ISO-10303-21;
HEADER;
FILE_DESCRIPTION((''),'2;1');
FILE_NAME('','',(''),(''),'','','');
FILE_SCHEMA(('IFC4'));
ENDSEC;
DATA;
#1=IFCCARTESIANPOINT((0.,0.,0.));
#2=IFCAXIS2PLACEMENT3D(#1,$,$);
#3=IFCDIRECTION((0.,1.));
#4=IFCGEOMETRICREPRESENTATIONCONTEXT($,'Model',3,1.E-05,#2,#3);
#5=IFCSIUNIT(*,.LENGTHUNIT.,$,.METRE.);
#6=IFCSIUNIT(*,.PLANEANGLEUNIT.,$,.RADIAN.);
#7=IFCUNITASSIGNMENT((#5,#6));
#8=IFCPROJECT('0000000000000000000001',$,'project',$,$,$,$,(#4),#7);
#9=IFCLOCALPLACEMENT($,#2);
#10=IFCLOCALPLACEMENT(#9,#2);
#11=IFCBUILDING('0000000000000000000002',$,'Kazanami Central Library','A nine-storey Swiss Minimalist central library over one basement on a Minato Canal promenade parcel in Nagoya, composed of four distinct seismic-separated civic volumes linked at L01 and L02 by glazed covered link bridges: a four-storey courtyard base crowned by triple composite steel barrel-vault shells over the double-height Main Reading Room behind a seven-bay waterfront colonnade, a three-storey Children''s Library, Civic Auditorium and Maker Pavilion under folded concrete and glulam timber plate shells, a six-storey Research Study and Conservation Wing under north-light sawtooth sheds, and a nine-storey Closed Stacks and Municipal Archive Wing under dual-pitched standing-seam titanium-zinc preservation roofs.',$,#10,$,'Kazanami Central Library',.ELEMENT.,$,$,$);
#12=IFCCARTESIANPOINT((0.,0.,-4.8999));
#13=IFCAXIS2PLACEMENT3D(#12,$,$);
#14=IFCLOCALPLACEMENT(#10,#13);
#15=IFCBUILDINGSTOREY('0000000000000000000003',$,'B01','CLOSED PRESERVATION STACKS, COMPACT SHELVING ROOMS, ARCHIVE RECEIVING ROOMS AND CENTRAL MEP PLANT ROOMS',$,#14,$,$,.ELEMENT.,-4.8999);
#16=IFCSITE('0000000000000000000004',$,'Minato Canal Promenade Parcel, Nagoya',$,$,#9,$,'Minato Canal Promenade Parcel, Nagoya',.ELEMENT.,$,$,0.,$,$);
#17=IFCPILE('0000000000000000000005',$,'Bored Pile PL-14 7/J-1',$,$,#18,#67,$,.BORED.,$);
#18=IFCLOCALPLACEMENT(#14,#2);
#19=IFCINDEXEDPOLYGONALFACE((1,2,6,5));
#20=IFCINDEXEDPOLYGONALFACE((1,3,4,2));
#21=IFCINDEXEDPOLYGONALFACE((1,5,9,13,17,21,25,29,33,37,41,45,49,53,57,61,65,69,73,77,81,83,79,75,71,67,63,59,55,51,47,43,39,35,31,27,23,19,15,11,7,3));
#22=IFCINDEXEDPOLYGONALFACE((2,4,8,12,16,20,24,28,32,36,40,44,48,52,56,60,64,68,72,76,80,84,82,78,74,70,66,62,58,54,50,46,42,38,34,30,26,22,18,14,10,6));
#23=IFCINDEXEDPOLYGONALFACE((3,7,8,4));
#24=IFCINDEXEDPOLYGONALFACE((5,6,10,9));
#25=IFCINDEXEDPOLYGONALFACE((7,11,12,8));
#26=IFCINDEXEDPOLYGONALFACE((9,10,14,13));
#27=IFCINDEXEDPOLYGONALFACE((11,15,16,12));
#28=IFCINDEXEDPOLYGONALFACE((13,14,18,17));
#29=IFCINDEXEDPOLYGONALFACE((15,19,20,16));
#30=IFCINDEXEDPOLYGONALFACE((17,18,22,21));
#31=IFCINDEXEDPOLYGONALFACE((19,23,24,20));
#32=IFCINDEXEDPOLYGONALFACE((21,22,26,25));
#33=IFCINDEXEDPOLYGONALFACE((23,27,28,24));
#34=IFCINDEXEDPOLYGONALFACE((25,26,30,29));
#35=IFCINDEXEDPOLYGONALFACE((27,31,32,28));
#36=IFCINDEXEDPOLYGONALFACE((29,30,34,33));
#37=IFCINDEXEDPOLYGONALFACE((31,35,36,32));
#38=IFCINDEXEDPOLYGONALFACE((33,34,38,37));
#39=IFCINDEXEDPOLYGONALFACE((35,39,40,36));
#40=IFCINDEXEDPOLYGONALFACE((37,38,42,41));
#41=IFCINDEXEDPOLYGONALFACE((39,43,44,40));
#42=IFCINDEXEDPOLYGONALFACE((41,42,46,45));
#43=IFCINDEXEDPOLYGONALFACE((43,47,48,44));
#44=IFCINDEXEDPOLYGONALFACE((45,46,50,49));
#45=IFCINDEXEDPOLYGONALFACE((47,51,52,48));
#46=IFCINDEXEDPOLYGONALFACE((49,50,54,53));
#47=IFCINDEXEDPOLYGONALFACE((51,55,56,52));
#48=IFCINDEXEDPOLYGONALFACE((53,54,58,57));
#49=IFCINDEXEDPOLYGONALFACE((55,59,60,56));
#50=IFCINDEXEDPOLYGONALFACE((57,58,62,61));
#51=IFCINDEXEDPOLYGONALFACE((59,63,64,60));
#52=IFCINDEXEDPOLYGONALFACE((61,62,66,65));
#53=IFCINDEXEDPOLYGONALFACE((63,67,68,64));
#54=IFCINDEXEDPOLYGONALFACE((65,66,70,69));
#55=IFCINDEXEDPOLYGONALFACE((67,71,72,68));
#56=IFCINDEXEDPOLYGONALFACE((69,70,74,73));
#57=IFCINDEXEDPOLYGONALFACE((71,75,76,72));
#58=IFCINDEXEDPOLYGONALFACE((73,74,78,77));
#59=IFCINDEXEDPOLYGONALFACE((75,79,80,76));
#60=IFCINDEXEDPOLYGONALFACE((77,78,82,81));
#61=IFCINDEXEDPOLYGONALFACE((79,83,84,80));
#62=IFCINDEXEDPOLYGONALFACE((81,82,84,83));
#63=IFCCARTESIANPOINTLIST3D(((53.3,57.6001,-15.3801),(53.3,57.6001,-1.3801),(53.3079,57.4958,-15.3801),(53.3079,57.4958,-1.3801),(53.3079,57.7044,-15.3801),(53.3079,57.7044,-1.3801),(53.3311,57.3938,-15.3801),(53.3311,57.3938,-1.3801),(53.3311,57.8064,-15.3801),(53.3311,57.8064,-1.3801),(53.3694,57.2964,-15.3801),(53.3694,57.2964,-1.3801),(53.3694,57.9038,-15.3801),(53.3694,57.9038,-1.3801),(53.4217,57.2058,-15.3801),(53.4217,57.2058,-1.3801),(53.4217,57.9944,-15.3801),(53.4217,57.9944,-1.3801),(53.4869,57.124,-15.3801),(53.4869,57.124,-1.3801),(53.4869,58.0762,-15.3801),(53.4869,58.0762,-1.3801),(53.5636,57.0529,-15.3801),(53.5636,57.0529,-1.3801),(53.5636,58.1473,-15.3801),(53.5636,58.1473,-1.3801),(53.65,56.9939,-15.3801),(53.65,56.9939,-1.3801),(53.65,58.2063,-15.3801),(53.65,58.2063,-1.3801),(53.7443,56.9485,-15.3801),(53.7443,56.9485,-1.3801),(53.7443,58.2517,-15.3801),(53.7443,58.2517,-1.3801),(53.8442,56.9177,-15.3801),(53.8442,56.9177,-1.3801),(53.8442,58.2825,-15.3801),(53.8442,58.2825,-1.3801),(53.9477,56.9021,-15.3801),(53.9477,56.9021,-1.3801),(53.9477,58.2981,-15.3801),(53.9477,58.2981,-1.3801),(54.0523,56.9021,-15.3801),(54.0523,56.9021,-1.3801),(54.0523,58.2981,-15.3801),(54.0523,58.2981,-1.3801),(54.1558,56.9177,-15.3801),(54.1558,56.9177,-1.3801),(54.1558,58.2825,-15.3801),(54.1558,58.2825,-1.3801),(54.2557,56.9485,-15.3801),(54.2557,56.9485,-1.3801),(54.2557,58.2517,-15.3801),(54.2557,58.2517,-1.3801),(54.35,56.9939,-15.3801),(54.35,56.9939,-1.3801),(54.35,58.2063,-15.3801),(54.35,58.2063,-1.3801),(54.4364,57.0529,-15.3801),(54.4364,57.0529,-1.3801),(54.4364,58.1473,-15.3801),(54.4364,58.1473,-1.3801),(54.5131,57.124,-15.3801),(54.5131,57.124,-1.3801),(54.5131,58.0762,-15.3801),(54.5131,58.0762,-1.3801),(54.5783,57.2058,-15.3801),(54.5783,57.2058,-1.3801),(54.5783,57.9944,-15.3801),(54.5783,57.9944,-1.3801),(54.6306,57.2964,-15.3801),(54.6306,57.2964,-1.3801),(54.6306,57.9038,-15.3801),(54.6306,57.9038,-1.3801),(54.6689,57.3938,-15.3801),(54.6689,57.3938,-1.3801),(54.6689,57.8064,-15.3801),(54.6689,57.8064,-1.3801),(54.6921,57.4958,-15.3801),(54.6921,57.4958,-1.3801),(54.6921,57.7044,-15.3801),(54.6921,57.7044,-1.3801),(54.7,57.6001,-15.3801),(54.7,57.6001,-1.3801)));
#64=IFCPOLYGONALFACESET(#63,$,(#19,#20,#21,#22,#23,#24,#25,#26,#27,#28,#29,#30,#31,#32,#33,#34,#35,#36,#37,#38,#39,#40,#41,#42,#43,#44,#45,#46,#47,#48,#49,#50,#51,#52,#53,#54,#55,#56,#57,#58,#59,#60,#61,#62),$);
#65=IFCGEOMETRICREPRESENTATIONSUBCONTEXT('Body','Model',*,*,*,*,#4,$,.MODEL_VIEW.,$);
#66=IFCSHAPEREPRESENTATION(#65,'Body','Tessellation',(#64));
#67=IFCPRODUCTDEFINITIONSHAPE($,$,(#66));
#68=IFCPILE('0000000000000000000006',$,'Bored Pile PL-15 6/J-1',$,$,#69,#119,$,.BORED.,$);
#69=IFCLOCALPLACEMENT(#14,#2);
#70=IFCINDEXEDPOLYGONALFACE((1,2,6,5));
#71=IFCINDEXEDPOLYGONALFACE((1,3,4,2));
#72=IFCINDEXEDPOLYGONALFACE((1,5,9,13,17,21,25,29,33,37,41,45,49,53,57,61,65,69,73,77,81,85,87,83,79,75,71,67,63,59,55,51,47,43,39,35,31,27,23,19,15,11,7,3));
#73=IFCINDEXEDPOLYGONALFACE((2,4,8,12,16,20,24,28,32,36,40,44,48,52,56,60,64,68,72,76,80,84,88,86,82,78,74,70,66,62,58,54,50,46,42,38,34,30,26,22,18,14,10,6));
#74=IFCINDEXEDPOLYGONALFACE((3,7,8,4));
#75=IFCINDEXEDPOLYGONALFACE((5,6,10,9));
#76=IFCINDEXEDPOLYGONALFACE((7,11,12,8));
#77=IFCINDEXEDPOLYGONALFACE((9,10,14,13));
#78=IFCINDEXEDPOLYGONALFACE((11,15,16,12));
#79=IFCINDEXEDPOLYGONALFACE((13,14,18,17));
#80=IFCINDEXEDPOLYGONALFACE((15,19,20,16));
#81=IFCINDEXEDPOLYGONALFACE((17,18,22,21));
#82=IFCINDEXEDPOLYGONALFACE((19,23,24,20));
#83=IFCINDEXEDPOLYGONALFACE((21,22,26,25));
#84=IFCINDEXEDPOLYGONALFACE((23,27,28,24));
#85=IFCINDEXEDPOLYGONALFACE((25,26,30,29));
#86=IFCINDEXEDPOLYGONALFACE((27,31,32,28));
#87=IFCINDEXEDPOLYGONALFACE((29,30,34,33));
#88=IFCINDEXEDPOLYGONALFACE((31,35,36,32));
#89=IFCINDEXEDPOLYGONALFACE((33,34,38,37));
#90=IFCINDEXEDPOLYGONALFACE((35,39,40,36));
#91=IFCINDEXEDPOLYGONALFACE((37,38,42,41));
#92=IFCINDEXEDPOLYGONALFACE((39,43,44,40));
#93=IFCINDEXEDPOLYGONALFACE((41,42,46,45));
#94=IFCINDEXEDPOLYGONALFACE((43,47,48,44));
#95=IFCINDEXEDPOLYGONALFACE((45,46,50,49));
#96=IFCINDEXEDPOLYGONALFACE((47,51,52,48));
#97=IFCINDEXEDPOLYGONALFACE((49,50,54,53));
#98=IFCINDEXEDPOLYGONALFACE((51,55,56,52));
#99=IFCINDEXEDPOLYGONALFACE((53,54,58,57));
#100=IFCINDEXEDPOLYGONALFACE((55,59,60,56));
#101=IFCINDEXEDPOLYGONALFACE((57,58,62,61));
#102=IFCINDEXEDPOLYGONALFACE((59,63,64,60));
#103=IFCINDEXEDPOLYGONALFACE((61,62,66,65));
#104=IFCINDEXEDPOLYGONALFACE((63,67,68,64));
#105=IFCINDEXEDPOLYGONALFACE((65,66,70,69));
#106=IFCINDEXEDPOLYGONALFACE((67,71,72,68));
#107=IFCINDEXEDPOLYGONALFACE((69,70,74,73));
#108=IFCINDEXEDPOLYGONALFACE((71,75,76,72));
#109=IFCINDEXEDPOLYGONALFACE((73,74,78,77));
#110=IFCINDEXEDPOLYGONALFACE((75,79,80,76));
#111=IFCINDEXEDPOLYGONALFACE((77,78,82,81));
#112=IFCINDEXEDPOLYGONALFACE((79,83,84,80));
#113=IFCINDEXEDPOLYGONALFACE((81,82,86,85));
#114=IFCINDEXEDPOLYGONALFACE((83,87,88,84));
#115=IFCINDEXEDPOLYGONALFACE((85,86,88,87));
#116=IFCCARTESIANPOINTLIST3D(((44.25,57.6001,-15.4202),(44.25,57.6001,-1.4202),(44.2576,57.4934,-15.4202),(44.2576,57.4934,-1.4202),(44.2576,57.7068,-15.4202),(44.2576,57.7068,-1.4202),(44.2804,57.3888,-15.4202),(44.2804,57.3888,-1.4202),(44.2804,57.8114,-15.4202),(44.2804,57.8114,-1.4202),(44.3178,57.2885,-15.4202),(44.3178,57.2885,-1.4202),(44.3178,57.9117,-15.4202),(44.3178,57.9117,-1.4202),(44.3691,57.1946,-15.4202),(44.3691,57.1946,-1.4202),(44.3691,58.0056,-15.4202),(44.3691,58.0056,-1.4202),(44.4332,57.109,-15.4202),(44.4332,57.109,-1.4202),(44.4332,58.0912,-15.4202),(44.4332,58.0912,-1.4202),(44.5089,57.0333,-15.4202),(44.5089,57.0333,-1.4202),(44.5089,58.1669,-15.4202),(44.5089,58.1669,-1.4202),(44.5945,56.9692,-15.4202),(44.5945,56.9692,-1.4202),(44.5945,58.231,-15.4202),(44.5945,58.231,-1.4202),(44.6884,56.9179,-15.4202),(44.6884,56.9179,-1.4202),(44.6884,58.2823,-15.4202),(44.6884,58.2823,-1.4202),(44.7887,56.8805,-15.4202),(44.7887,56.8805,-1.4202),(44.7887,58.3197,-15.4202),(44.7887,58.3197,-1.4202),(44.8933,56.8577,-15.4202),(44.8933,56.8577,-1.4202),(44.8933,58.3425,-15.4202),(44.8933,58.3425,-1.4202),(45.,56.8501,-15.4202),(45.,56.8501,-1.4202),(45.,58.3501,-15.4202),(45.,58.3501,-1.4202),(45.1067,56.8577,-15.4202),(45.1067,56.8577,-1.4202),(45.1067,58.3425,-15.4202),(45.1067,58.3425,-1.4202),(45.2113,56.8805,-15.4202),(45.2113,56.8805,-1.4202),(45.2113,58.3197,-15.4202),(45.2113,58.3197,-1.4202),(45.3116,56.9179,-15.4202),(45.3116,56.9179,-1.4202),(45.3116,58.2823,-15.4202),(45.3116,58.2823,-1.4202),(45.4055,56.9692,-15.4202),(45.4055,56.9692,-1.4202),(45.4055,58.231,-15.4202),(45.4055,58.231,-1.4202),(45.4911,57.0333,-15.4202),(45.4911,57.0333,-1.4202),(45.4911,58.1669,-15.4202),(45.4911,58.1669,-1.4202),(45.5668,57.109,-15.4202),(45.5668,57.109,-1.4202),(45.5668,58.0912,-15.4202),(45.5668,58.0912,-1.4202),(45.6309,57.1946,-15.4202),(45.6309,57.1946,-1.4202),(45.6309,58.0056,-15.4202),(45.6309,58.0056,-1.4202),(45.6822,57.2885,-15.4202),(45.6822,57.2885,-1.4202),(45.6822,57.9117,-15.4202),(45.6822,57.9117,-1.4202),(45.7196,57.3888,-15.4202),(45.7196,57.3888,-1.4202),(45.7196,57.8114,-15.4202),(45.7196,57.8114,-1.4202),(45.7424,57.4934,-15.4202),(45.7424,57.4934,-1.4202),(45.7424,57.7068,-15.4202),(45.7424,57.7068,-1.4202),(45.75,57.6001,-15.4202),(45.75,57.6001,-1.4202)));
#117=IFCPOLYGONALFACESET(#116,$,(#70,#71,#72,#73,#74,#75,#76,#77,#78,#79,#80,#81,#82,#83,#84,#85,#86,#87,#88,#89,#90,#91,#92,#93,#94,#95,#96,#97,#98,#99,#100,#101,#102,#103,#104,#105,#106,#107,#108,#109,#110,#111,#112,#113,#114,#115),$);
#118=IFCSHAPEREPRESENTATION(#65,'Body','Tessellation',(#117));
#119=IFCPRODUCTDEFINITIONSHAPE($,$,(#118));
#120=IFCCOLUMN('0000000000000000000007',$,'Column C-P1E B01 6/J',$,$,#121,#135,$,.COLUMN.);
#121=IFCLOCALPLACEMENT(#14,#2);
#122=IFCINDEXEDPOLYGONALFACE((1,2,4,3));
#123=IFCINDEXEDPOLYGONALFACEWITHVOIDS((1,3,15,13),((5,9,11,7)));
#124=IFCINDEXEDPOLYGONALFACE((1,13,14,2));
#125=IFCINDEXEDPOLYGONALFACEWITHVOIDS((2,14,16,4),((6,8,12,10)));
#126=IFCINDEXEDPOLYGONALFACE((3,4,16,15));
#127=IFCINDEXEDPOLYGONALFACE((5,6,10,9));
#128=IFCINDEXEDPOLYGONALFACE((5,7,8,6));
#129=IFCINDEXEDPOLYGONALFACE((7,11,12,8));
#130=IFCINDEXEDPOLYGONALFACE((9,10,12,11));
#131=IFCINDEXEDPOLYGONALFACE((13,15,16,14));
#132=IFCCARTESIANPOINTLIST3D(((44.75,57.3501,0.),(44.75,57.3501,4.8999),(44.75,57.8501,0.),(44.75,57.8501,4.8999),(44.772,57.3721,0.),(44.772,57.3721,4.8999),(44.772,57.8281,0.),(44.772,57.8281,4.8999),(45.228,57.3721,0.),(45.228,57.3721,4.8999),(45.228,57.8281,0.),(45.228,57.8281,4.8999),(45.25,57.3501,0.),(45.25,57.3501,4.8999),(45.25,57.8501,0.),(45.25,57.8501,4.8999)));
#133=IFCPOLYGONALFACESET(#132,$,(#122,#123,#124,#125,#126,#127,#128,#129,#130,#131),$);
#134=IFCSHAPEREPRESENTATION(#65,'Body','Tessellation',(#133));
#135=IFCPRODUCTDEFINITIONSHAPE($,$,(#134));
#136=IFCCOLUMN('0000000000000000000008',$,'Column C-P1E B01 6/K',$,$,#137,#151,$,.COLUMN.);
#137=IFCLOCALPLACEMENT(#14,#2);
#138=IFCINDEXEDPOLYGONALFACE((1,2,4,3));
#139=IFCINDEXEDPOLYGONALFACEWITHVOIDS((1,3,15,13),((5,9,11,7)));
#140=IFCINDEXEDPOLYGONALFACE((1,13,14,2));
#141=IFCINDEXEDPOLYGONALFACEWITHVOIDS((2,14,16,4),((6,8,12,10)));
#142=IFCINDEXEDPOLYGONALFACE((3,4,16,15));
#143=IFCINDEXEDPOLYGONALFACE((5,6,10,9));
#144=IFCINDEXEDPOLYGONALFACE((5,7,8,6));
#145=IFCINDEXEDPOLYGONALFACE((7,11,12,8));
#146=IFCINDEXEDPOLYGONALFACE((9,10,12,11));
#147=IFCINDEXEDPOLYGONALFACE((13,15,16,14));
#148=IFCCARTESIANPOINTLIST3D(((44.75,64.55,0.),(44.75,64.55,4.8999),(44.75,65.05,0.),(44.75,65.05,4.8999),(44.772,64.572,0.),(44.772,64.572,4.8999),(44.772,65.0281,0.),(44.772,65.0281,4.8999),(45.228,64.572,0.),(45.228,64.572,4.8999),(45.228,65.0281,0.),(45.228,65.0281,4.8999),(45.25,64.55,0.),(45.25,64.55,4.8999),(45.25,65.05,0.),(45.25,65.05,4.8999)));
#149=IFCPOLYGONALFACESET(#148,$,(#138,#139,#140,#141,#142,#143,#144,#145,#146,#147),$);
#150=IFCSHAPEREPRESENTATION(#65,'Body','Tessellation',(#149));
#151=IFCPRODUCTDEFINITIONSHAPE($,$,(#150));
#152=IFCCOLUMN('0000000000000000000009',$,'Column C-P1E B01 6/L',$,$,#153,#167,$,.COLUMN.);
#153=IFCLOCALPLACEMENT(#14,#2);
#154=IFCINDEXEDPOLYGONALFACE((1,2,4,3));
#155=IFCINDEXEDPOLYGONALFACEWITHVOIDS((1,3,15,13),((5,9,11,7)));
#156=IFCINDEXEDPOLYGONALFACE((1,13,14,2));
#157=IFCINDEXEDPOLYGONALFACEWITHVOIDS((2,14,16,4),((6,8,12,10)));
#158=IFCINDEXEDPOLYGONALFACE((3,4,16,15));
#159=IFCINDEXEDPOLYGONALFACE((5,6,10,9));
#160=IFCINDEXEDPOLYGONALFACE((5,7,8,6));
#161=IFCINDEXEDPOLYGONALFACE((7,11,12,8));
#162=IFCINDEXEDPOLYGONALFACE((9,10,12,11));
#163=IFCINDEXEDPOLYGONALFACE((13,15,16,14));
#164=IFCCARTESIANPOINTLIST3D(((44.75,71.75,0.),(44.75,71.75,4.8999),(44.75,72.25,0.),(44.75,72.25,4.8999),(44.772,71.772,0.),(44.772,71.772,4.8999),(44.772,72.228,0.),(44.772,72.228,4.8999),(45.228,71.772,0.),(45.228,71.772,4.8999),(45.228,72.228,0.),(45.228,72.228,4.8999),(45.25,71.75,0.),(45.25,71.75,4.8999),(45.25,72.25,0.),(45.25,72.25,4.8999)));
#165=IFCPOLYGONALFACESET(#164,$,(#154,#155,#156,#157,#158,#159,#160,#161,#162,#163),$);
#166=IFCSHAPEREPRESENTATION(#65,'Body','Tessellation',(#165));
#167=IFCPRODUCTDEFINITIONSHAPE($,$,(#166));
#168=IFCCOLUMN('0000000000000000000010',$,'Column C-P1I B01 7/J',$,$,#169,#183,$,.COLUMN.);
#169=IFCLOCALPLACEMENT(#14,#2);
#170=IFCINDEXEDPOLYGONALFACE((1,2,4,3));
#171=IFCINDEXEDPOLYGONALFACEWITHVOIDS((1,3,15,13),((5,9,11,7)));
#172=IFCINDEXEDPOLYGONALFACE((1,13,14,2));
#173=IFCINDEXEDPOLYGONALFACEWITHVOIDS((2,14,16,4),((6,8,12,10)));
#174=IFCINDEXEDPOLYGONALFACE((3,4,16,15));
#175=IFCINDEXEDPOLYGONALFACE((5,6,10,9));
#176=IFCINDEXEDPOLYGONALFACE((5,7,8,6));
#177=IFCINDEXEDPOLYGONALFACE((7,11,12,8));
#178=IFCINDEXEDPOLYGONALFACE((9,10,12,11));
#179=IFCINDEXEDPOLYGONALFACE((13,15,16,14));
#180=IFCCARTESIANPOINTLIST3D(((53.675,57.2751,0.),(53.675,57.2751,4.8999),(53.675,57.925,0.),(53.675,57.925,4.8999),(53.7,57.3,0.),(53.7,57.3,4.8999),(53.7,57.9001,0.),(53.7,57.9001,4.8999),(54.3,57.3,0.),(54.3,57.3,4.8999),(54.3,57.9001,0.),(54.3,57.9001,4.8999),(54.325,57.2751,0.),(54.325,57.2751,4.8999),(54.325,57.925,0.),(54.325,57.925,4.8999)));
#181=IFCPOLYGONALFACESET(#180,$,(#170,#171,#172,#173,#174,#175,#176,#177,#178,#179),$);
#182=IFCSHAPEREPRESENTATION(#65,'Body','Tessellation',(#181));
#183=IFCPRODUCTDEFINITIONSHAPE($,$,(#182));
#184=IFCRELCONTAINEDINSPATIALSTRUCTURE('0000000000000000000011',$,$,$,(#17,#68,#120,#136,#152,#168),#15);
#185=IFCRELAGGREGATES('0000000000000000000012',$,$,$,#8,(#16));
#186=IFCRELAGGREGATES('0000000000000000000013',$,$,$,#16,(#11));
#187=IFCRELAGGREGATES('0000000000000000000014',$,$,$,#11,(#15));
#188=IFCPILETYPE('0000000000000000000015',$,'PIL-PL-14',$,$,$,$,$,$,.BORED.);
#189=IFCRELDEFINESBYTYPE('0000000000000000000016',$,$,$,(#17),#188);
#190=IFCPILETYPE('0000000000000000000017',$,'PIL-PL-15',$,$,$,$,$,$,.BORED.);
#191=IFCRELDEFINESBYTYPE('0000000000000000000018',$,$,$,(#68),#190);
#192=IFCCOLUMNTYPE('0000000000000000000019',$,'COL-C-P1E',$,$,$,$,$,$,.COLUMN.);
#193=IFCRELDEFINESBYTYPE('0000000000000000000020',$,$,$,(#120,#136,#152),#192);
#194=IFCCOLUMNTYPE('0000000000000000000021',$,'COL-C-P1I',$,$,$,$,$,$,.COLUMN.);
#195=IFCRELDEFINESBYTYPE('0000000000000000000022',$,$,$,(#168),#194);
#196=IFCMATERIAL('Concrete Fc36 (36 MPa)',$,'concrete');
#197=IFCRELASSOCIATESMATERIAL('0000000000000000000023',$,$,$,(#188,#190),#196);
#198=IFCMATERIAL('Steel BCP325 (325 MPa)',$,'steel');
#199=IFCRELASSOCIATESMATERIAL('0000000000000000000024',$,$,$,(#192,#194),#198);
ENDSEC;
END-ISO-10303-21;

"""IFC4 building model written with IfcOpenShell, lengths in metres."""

from ifc_helpers import new_model, si_unit, direction, frame, origin, origin_2d, place, context, subcontext, project, spatial, hollow_rectangle, circle, extrude, material, material_profile, profile_set, type_object, element, save


model = new_model("IFC4")

# Units and contexts
model_context = context("Model", 3, precision=1e-05, world=origin(), true_north=direction((0.0, 1.0)))
body_context = subcontext(model_context, "Body", "Model", "MODEL_VIEW")
ifc_project = project(units=[si_unit("LENGTHUNIT", "METRE"), si_unit("PLANEANGLEUNIT", "RADIAN")], contexts=[model_context])

# Site, building, storey
site_placement = place(None, origin())
site = spatial("IfcSite", under=ifc_project, at=site_placement, Name="Minato Canal Promenade Parcel, Nagoya", LongName="Minato Canal Promenade Parcel, Nagoya", CompositionType="ELEMENT", RefElevation=0.0)
building_placement = place(site_placement, origin())
building = spatial("IfcBuilding", under=site, at=building_placement, Name="Kazanami Central Library", Description="A nine-storey Swiss Minimalist central library over one basement on a Minato Canal promenade parcel in Nagoya, composed of four distinct seismic-separated civic volumes linked at L01 and L02 by glazed covered link bridges: a four-storey courtyard base crowned by triple composite steel barrel-vault shells over the double-height Main Reading Room behind a seven-bay waterfront colonnade, a three-storey Children's Library, Civic Auditorium and Maker Pavilion under folded concrete and glulam timber plate shells, a six-storey Research Study and Conservation Wing under north-light sawtooth sheds, and a nine-storey Closed Stacks and Municipal Archive Wing under dual-pitched standing-seam titanium-zinc preservation roofs.", LongName="Kazanami Central Library", CompositionType="ELEMENT")
storey_placement = place(building_placement, frame((0.0, 0.0, -4.8999)))
storey = spatial("IfcBuildingStorey", under=building, at=storey_placement, Name="B01", Description="CLOSED PRESERVATION STACKS, COMPACT SHELVING ROOMS, ARCHIVE RECEIVING ROOMS AND CENTRAL MEP PLANT ROOMS", CompositionType="ELEMENT", Elevation=-4.8999)

# Shared definitions
ifc_material_1 = material(Name="Concrete Fc36 (36 MPa)", Category="concrete")

# Piles
ifc_material_profile_1 = material_profile(ifc_material_1, circle(Radius=0.7, at=origin_2d()), Name="BORED-D1400")
ifc_profile_set_1 = profile_set([ifc_material_profile_1], Name="Concrete Fc36 (36 MPa)")
pile_type_1 = type_object("IfcPileType", Name="PIL-PL-14", PredefinedType="BORED", material=ifc_profile_set_1)
for number, where, z_axis, x_axis, name in (
    (1, (54.0, 57.6001, -1.3801), (0.0, 0.0, -1.0), (1.0, 0.0, 0.0), "Bored Pile PL-14 7/J-1"),
):
    element("IfcPile", number, at=place(storey_placement, frame(where, z_axis=z_axis, x_axis=x_axis)), inside=storey, type_object=pile_type_1, Name=name, PredefinedType="BORED", context=body_context, shape_type="SweptSolid", body=[
        extrude(circle(Radius=0.7, at=origin_2d()), origin(), (0.0, 0.0, 1.0), 14.0),
    ])
ifc_material_profile_2 = material_profile(ifc_material_1, circle(Radius=0.75, at=origin_2d()), Name="BORED-D1500")
ifc_profile_set_2 = profile_set([ifc_material_profile_2], Name="Concrete Fc36 (36 MPa)")
pile_type_2 = type_object("IfcPileType", Name="PIL-PL-15", PredefinedType="BORED", material=ifc_profile_set_2)
pile_1_placement = place(storey_placement, frame((45.0, 57.6001, -1.4202), z_axis=(0.0, 0.0, -1.0), x_axis=(1.0, 0.0, 0.0)))
element("IfcPile", 2, at=pile_1_placement, inside=storey, type_object=pile_type_2, Name="Bored Pile PL-15 6/J-1", PredefinedType="BORED", context=body_context, shape_type="SweptSolid", body=[
    extrude(circle(Radius=0.75, at=origin_2d()), origin(), (0.0, 0.0, 1.0), 14.0),
])

# Columns
ifc_material_2 = material(Name="Steel BCP325 (325 MPa)", Category="steel")
ifc_material_profile_3 = material_profile(ifc_material_2, hollow_rectangle(XDim=0.5, YDim=0.5, WallThickness=0.022, at=origin_2d()), Name="BCP-500x500x22")
ifc_profile_set_3 = profile_set([ifc_material_profile_3], Name="Steel BCP325 (325 MPa)")
column_type_1 = type_object("IfcColumnType", Name="COL-C-P1E", PredefinedType="COLUMN", material=ifc_profile_set_3)
for number, where, z_axis, x_axis, name in (
    (3, (45.0, 57.6001, 0.0), (0.0, 0.0, 1.0), (1.0, 0.0, 0.0), "Column C-P1E B01 6/J"),
    (4, (45.0, 64.8, 0.0), (0.0, 0.0, 1.0), (1.0, 0.0, 0.0), "Column C-P1E B01 6/K"),
    (5, (45.0, 72.0, 0.0), (0.0, 0.0, 1.0), (1.0, 0.0, 0.0), "Column C-P1E B01 6/L"),
):
    element("IfcColumn", number, at=place(storey_placement, frame(where, z_axis=z_axis, x_axis=x_axis)), inside=storey, type_object=column_type_1, Name=name, PredefinedType="COLUMN", context=body_context, shape_type="SweptSolid", body=[
        extrude(hollow_rectangle(XDim=0.5, YDim=0.5, WallThickness=0.022, at=origin_2d()), origin(), (0.0, 0.0, 1.0), 4.8999),
    ])
ifc_material_profile_4 = material_profile(ifc_material_2, hollow_rectangle(XDim=0.6499, YDim=0.6499, WallThickness=0.0249, at=origin_2d()), Name="BCP-650x650x25")
ifc_profile_set_4 = profile_set([ifc_material_profile_4], Name="Steel BCP325 (325 MPa)")
column_type_2 = type_object("IfcColumnType", Name="COL-C-P1I", PredefinedType="COLUMN", material=ifc_profile_set_4)
column_placement = place(storey_placement, frame((54.0, 57.6001, 0.0), z_axis=(0.0, 0.0, 1.0), x_axis=(1.0, 0.0, 0.0)))
element("IfcColumn", 6, at=column_placement, inside=storey, type_object=column_type_2, Name="Column C-P1I B01 7/J", PredefinedType="COLUMN", context=body_context, shape_type="SweptSolid", body=[
    extrude(hollow_rectangle(XDim=0.6499, YDim=0.6499, WallThickness=0.0249, at=origin_2d()), origin(), (0.0, 0.0, 1.0), 4.8999),
])

save(model, "model.ifc")
